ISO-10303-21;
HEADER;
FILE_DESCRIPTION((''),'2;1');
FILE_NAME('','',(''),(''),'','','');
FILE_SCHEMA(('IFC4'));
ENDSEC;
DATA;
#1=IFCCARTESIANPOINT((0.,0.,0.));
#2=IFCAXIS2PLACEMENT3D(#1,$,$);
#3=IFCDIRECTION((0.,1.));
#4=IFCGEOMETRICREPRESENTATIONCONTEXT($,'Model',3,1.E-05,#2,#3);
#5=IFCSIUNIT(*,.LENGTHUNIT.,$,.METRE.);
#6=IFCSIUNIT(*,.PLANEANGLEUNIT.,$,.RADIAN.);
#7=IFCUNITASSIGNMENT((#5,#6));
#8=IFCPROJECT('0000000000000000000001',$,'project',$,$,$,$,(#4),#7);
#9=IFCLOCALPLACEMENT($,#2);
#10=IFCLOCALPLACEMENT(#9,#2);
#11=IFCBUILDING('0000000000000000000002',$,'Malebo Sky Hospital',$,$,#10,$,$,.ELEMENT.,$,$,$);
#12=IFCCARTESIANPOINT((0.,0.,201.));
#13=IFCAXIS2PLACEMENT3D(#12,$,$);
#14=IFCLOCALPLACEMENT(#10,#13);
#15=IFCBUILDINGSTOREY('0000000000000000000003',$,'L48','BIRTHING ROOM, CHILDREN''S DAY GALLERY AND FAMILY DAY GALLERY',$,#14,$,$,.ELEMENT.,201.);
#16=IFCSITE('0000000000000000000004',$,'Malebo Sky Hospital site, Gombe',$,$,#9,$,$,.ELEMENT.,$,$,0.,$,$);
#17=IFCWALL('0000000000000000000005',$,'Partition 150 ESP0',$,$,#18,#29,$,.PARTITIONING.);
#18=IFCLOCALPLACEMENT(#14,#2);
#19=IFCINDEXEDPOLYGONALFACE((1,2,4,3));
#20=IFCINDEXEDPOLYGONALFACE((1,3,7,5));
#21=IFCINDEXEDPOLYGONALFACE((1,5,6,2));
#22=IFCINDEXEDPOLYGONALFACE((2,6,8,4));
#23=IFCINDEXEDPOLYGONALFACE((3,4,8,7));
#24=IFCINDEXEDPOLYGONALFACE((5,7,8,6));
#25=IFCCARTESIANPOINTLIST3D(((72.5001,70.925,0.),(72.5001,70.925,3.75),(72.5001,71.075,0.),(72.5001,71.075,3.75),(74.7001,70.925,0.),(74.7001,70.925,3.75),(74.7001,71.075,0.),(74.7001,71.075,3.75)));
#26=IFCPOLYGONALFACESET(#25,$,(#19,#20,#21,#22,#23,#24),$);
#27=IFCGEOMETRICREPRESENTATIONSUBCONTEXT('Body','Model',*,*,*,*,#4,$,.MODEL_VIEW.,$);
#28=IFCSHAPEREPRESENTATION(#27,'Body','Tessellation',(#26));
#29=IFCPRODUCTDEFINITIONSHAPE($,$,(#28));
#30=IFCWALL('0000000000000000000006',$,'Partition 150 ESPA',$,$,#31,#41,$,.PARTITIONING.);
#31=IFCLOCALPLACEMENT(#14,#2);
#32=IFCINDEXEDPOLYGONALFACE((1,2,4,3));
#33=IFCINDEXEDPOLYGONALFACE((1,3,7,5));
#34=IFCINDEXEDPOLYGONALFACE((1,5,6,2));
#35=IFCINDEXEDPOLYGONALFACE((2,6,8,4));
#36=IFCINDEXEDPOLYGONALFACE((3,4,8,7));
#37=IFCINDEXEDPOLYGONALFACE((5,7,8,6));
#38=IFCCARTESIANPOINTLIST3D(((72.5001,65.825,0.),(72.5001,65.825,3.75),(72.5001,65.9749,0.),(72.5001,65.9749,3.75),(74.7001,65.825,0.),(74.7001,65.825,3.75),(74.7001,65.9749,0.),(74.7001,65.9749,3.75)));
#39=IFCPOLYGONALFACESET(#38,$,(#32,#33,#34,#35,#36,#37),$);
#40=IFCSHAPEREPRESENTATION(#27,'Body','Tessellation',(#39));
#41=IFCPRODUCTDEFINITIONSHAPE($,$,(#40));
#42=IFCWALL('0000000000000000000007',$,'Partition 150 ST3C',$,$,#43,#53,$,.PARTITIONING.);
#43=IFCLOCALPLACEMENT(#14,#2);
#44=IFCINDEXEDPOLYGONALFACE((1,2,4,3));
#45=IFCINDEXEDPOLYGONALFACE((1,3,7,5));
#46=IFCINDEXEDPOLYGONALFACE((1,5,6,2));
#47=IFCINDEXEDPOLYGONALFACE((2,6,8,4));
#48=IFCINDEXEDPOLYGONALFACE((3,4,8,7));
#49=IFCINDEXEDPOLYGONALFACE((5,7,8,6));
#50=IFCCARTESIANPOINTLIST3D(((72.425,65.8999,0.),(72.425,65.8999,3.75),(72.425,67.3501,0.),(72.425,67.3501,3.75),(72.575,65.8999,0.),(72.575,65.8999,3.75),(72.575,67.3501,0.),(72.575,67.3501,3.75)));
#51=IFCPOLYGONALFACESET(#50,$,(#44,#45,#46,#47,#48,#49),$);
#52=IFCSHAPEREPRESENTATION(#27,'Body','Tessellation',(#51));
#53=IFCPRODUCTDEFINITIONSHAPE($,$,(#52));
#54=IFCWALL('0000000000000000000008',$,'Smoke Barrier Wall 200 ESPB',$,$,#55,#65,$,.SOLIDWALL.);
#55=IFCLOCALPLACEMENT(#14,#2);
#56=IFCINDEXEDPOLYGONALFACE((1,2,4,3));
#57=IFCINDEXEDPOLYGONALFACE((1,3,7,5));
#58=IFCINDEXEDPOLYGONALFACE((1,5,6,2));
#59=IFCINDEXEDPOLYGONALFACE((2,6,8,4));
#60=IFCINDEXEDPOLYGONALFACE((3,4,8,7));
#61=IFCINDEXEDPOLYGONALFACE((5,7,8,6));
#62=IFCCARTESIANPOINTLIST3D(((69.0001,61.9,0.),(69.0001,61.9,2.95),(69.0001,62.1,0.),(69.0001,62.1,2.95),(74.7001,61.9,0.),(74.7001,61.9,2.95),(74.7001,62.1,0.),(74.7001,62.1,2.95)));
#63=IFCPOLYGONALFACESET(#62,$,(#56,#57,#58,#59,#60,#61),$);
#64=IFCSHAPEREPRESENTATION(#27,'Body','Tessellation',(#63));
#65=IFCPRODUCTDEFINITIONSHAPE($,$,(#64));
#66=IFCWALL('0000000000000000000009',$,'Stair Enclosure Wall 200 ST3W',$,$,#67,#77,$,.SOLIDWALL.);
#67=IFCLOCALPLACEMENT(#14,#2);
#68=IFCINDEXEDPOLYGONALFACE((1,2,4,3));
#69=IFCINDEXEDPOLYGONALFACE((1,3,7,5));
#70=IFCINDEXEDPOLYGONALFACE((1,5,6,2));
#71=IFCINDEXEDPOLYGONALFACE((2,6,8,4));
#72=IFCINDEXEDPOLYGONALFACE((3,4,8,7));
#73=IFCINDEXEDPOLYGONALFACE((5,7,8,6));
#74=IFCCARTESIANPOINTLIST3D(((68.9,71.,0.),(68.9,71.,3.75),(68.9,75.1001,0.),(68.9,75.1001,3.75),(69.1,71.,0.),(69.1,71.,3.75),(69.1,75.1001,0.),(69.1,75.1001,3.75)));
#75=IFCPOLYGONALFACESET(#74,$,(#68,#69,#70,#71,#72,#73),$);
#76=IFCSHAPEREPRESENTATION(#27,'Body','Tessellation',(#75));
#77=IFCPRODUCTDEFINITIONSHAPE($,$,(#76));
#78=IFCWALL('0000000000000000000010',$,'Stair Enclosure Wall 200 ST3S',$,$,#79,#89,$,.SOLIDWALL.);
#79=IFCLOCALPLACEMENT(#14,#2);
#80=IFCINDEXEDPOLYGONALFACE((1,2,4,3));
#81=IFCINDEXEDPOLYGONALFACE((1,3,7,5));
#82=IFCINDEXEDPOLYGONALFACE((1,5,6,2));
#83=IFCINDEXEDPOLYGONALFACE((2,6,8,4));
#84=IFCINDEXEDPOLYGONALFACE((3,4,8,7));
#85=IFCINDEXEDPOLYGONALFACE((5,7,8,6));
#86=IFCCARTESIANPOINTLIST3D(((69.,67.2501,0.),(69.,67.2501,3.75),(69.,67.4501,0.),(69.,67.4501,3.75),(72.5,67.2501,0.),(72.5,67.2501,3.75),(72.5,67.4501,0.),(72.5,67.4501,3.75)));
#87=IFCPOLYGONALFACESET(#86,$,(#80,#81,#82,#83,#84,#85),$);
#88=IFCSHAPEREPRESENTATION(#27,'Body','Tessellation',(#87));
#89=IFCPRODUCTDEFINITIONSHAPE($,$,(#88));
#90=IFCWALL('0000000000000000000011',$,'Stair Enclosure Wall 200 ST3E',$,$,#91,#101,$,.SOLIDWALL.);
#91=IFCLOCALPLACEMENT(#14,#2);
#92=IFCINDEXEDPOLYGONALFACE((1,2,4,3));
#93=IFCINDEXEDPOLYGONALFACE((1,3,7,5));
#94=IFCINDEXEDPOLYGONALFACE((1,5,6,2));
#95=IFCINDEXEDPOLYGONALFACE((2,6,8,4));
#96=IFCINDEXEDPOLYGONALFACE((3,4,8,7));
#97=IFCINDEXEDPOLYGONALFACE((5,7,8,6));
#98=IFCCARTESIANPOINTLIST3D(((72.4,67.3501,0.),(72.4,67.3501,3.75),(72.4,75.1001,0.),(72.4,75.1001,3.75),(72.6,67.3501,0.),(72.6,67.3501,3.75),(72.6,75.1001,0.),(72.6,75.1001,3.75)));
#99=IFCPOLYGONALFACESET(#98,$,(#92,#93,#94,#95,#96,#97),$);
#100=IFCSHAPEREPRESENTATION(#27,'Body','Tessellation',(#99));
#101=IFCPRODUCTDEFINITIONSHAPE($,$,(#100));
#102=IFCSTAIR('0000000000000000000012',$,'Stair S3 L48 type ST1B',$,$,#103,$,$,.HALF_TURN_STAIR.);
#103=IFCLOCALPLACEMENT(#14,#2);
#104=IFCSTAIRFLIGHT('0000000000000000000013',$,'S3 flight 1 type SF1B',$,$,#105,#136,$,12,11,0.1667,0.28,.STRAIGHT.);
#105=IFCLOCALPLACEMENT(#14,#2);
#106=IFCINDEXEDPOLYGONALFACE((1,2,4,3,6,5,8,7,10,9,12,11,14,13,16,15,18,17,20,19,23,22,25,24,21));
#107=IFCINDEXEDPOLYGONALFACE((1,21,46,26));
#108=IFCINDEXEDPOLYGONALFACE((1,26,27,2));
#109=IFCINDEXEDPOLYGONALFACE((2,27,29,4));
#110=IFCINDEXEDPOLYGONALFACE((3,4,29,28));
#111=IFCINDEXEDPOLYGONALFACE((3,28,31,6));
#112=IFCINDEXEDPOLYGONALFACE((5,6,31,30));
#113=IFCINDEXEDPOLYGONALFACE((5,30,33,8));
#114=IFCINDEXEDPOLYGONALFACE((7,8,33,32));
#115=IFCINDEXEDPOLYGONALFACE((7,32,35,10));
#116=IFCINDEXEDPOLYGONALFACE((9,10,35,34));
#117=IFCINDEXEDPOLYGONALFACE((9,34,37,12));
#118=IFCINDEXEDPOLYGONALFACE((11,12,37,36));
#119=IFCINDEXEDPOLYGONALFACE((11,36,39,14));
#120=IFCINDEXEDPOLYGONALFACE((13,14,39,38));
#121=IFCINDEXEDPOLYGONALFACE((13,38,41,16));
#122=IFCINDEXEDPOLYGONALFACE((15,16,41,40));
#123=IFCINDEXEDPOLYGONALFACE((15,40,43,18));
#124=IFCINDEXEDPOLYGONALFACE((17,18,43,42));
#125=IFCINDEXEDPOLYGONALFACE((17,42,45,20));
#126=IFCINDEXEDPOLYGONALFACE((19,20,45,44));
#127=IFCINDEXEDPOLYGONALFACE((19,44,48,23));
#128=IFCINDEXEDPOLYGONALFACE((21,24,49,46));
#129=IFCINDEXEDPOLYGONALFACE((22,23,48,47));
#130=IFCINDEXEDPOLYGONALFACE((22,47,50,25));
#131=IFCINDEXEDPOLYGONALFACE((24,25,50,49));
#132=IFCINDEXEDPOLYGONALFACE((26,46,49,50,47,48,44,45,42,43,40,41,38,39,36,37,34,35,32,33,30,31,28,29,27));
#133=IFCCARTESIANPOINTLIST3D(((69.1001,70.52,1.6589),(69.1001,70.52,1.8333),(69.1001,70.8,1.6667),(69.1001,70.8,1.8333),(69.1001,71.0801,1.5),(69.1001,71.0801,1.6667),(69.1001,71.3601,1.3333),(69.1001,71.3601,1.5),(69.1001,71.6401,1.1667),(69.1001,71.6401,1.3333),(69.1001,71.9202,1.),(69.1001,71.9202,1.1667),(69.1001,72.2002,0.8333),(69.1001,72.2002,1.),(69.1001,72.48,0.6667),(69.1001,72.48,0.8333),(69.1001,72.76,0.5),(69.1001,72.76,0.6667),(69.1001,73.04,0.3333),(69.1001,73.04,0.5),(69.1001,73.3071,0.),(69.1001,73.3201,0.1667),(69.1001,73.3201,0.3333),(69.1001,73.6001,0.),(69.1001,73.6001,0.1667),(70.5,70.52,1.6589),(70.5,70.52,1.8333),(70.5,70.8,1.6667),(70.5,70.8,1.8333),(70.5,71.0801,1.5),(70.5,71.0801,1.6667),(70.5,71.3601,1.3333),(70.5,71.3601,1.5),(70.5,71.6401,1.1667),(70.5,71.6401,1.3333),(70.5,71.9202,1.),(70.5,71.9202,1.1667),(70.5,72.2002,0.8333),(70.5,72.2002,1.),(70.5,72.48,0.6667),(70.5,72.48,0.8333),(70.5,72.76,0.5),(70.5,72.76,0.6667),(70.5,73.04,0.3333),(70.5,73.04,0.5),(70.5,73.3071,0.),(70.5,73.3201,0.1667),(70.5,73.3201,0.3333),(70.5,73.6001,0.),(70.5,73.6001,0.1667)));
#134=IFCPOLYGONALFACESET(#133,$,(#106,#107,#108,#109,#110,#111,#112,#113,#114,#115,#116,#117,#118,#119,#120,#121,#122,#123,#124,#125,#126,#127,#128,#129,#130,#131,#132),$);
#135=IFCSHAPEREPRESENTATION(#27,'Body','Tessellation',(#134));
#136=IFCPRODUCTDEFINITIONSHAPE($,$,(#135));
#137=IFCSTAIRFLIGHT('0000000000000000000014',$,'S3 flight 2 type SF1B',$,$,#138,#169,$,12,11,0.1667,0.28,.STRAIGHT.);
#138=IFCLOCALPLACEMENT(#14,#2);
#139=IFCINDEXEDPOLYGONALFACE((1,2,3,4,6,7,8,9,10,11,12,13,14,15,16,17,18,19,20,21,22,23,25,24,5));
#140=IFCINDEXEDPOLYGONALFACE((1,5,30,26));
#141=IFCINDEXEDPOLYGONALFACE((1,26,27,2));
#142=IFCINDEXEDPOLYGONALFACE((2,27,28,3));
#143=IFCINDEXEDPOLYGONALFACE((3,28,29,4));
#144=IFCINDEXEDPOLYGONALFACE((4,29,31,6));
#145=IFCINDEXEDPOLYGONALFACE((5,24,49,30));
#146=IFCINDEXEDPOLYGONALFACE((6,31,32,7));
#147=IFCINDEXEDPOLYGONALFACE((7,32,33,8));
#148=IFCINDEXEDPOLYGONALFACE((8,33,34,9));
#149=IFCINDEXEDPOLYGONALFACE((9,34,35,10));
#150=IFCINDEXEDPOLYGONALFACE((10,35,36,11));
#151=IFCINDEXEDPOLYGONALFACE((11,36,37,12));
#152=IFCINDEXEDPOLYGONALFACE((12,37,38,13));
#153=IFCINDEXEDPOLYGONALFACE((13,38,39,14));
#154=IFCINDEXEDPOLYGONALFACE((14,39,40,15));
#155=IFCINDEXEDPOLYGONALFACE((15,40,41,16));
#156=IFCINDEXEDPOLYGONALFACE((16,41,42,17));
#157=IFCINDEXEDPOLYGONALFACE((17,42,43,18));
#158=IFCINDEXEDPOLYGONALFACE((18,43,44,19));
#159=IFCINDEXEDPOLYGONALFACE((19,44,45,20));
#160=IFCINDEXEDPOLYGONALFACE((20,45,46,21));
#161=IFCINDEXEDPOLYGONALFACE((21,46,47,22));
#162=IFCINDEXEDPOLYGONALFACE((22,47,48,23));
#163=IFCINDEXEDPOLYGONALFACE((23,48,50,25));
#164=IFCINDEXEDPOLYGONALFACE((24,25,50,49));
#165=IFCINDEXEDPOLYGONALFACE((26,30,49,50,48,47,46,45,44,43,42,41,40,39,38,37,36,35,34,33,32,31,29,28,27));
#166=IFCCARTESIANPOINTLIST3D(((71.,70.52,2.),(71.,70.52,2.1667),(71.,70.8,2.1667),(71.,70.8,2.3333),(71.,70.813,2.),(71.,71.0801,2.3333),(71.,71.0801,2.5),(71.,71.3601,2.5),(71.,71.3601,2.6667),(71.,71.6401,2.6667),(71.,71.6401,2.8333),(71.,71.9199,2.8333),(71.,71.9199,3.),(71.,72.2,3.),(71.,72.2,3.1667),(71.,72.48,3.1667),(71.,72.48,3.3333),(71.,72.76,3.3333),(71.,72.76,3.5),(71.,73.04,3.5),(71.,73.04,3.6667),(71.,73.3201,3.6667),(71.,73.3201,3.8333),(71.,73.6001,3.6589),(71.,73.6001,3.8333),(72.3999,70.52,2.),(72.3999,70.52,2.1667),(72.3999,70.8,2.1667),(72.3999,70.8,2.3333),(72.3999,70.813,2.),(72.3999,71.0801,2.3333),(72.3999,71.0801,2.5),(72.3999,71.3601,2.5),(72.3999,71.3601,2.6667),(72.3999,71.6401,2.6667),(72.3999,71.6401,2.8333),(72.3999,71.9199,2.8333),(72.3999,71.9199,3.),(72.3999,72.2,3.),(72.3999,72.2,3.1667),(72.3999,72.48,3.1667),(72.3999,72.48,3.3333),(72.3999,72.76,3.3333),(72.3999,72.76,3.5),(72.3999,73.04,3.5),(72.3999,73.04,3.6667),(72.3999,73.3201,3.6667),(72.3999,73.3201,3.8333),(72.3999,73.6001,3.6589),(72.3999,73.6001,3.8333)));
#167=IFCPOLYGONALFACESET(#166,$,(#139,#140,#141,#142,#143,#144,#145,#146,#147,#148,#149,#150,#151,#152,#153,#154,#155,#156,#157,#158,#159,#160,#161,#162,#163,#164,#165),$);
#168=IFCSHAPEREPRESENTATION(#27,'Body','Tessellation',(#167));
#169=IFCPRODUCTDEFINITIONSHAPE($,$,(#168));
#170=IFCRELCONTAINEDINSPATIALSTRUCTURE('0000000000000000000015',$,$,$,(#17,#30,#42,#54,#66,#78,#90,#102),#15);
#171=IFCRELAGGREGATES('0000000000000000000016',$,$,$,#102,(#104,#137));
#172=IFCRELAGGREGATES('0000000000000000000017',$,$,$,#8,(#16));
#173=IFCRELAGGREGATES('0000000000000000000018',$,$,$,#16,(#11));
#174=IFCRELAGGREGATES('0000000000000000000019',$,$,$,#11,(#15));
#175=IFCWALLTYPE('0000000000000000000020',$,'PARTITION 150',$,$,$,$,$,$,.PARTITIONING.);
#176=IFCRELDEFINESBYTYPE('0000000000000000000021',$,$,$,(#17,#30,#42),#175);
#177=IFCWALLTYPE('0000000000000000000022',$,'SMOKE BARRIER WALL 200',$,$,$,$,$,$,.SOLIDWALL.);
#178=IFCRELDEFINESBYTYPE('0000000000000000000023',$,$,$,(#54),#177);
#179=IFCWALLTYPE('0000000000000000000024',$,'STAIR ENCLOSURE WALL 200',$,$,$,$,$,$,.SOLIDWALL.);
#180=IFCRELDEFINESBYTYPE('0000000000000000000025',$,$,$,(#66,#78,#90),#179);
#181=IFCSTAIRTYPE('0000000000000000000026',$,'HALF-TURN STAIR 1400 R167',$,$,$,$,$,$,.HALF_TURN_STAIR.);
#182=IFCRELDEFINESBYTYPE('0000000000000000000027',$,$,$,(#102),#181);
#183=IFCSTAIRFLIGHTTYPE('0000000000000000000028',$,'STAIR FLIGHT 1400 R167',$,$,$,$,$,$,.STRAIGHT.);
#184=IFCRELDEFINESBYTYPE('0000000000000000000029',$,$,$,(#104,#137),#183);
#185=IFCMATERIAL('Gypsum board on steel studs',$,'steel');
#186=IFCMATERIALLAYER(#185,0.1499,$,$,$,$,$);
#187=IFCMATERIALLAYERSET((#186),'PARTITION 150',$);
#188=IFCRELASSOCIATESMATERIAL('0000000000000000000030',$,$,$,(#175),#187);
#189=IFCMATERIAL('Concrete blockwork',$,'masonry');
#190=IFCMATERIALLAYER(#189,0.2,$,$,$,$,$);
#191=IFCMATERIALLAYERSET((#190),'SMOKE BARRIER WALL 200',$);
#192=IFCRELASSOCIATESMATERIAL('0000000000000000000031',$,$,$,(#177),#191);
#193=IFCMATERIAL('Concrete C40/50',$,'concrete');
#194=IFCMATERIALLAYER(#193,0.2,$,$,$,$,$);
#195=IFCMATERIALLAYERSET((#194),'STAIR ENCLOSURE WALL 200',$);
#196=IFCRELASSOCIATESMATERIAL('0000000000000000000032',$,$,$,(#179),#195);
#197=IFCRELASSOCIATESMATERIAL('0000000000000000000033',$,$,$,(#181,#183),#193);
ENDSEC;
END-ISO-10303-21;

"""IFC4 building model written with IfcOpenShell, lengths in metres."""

from ifc_helpers import new_model, si_unit, direction, frame, frame_2d, origin, place, context, subcontext, project, spatial, polyline, rectangle, outline, extrude, material, layer, layer_set, type_object, element, aggregate, save


model = new_model("IFC4")

# Units and contexts
model_context = context("Model", 3, precision=1e-05, world=origin(), true_north=direction((0.0, 1.0)))
body_context = subcontext(model_context, "Body", "Model", "MODEL_VIEW")
ifc_project = project(units=[si_unit("LENGTHUNIT", "METRE"), si_unit("PLANEANGLEUNIT", "RADIAN")], contexts=[model_context])

# Site, building, storey
site_placement = place(None, origin())
site = spatial("IfcSite", under=ifc_project, at=site_placement, Name="Malebo Sky Hospital site, Gombe", CompositionType="ELEMENT", RefElevation=0.0)
building_placement = place(site_placement, origin())
building = spatial("IfcBuilding", under=site, at=building_placement, Name="Malebo Sky Hospital", CompositionType="ELEMENT")
storey_placement = place(building_placement, frame((0.0, 0.0, 201.0)))
storey = spatial("IfcBuildingStorey", under=building, at=storey_placement, Name="L48", Description="BIRTHING ROOM, CHILDREN'S DAY GALLERY AND FAMILY DAY GALLERY", CompositionType="ELEMENT", Elevation=201.0)

# Shared definitions
ifc_material_1 = material(Name="Gypsum board on steel studs", Category="steel")

# Shared definitions
ifc_layer_1 = layer(ifc_material_1, 0.1499)
ifc_layer_set_1 = layer_set([ifc_layer_1], Name="PARTITION 150")
wall_type_1 = type_object("IfcWallType", Name="PARTITION 150", PredefinedType="PARTITIONING", material=ifc_layer_set_1)

# Walls
for number, where, z_axis, x_axis, name in (
    (1, (72.5, 71.0, 0.0), (0.0, 0.0, 1.0), (1.0, 0.0, 0.0), "Partition 150 ESP0"),
    (2, (72.5, 65.8999, 0.0), (0.0, 0.0, 1.0), (1.0, 0.0, 0.0), "Partition 150 ESPA"),
):
    element("IfcWall", number, at=place(storey_placement, frame(where, z_axis=z_axis, x_axis=x_axis)), inside=storey, type_object=wall_type_1, Name=name, PredefinedType="PARTITIONING", context=body_context, shape_type="SweptSolid", body=[
        extrude(rectangle(XDim=2.2, YDim=0.1499, at=frame_2d((1.1001, 0.0))), origin(), (0.0, 0.0, 1.0), 3.75),
    ])
wall_1_placement = place(storey_placement, frame((72.5, 65.8999, 0.0), z_axis=(0.0, 0.0, 1.0), x_axis=(0.0, 1.0, 0.0)))
element("IfcWall", 3, at=wall_1_placement, inside=storey, type_object=wall_type_1, Name="Partition 150 ST3C", PredefinedType="PARTITIONING", context=body_context, shape_type="SweptSolid", body=[
    extrude(rectangle(XDim=1.4502, YDim=0.1499, at=frame_2d((0.7251, 0.0))), origin(), (0.0, 0.0, 1.0), 3.75),
])
ifc_material_2 = material(Name="Concrete blockwork", Category="masonry")
ifc_layer_2 = layer(ifc_material_2, 0.2)
ifc_layer_set_2 = layer_set([ifc_layer_2], Name="SMOKE BARRIER WALL 200")
wall_type_2 = type_object("IfcWallType", Name="SMOKE BARRIER WALL 200", PredefinedType="SOLIDWALL", material=ifc_layer_set_2)
wall_2_placement = place(storey_placement, frame((69.0, 62.0, 0.0), z_axis=(0.0, 0.0, 1.0), x_axis=(1.0, 0.0, 0.0)))
element("IfcWall", 4, at=wall_2_placement, inside=storey, type_object=wall_type_2, Name="Smoke Barrier Wall 200 ESPB", PredefinedType="SOLIDWALL", context=body_context, shape_type="SweptSolid", body=[
    extrude(rectangle(XDim=5.7, YDim=0.2, at=frame_2d((2.8501, 0.0))), origin(), (0.0, 0.0, 1.0), 2.95),
])
ifc_material_3 = material(Name="Concrete C40/50", Category="concrete")
ifc_layer_3 = layer(ifc_material_3, 0.2)
ifc_layer_set_3 = layer_set([ifc_layer_3], Name="STAIR ENCLOSURE WALL 200")
wall_type_3 = type_object("IfcWallType", Name="STAIR ENCLOSURE WALL 200", PredefinedType="SOLIDWALL", material=ifc_layer_set_3)
wall_3_placement = place(storey_placement, frame((69.0, 71.0, 0.0), z_axis=(0.0, 0.0, 1.0), x_axis=(0.0, 1.0, 0.0)))
element("IfcWall", 5, at=wall_3_placement, inside=storey, type_object=wall_type_3, Name="Stair Enclosure Wall 200 ST3W", PredefinedType="SOLIDWALL", context=body_context, shape_type="SweptSolid", body=[
    extrude(rectangle(XDim=4.1001, YDim=0.2, at=frame_2d((2.05, 0.0))), origin(), (0.0, 0.0, 1.0), 3.75),
])
wall_4_placement = place(storey_placement, frame((69.0, 67.3501, 0.0), z_axis=(0.0, 0.0, 1.0), x_axis=(1.0, 0.0, 0.0)))
element("IfcWall", 6, at=wall_4_placement, inside=storey, type_object=wall_type_3, Name="Stair Enclosure Wall 200 ST3S", PredefinedType="SOLIDWALL", context=body_context, shape_type="SweptSolid", body=[
    extrude(rectangle(XDim=3.5, YDim=0.2, at=frame_2d((1.75, 0.0))), origin(), (0.0, 0.0, 1.0), 3.75),
])
wall_5_placement = place(storey_placement, frame((72.5, 67.3501, 0.0), z_axis=(0.0, 0.0, 1.0), x_axis=(0.0, 1.0, 0.0)))
element("IfcWall", 7, at=wall_5_placement, inside=storey, type_object=wall_type_3, Name="Stair Enclosure Wall 200 ST3E", PredefinedType="SOLIDWALL", context=body_context, shape_type="SweptSolid", body=[
    extrude(rectangle(XDim=7.75, YDim=0.2, at=frame_2d((3.875, 0.0))), origin(), (0.0, 0.0, 1.0), 3.75),
])

# Stair, stair flights
stair_type = type_object("IfcStairType", Name="HALF-TURN STAIR 1400 R167", PredefinedType="HALF_TURN_STAIR", material=ifc_material_3)
stair_placement = place(storey_placement, origin())
stair = element("IfcStair", 8, at=stair_placement, inside=storey, type_object=stair_type, Name="Stair S3 L48 type ST1B", PredefinedType="HALF_TURN_STAIR")
stair_flight_type = type_object("IfcStairFlightType", Name="STAIR FLIGHT 1400 R167", PredefinedType="STRAIGHT", material=ifc_material_3)
stair_flight_1_placement = place(storey_placement, frame((69.8, 73.6001, 0.0), z_axis=(0.0, 0.0, 1.0), x_axis=(0.0, -1.0, 0.0)))
stair_flight_1 = element("IfcStairFlight", 9, at=stair_flight_1_placement, type_object=stair_flight_type, Name="S3 flight 1 type SF1B", NumberOfRisers=12, NumberOfTreads=11, PredefinedType="STRAIGHT", RiserHeight=0.1667, TreadLength=0.28, context=body_context, shape_type="SweptSolid", body=[
    extrude(outline(polyline([(0.0, 0.0), (0.0, 0.1667), (0.28, 0.1667), (0.28, 0.3333), (0.5601, 0.3333), (0.5601, 0.5), (0.8401, 0.5), (0.8401, 0.6667), (1.1201, 0.6667), (1.1201, 0.8333), (1.3999, 0.8333), (1.3999, 1.0), (1.6799, 1.0), (1.6799, 1.1667), (1.96, 1.1667), (1.96, 1.3333), (2.24, 1.3333), (2.24, 1.5), (2.52, 1.5), (2.52, 1.6667), (2.8, 1.6667), (2.8, 1.8333), (3.0801, 1.8333), (3.0801, 2.0), (3.0801, 1.6589), (0.293, 0.0), (0.0, 0.0)])), frame((0.0, 0.7, 0.0), z_axis=(0.0, -1.0, 0.0), x_axis=(1.0, 0.0, 0.0)), (0.0, 0.0, 1.0), 1.3999),
])
stair_flight_2_placement = place(storey_placement, frame((71.7, 70.52, 2.0), z_axis=(0.0, 0.0, 1.0), x_axis=(0.0, 1.0, 0.0)))
stair_flight_2 = element("IfcStairFlight", 10, at=stair_flight_2_placement, type_object=stair_flight_type, Name="S3 flight 2 type SF1B", NumberOfRisers=12, NumberOfTreads=11, PredefinedType="STRAIGHT", RiserHeight=0.1667, TreadLength=0.28, context=body_context, shape_type="SweptSolid", body=[
    extrude(outline(polyline([(0.0, 0.0), (0.0, 0.1667), (0.28, 0.1667), (0.28, 0.3333), (0.5601, 0.3333), (0.5601, 0.5), (0.8401, 0.5), (0.8401, 0.6667), (1.1201, 0.6667), (1.1201, 0.8333), (1.3999, 0.8333), (1.3999, 1.0), (1.6799, 1.0), (1.6799, 1.1667), (1.96, 1.1667), (1.96, 1.3333), (2.24, 1.3333), (2.24, 1.5), (2.52, 1.5), (2.52, 1.6667), (2.8, 1.6667), (2.8, 1.8333), (3.0801, 1.8333), (3.0801, 2.0), (3.0801, 1.6589), (0.293, 0.0), (0.0, 0.0)])), frame((0.0, 0.7, 0.0), z_axis=(0.0, -1.0, 0.0), x_axis=(1.0, 0.0, 0.0)), (0.0, 0.0, 1.0), 1.3999),
])
aggregate(stair, [stair_flight_1, stair_flight_2])

save(model, "model.ifc")
